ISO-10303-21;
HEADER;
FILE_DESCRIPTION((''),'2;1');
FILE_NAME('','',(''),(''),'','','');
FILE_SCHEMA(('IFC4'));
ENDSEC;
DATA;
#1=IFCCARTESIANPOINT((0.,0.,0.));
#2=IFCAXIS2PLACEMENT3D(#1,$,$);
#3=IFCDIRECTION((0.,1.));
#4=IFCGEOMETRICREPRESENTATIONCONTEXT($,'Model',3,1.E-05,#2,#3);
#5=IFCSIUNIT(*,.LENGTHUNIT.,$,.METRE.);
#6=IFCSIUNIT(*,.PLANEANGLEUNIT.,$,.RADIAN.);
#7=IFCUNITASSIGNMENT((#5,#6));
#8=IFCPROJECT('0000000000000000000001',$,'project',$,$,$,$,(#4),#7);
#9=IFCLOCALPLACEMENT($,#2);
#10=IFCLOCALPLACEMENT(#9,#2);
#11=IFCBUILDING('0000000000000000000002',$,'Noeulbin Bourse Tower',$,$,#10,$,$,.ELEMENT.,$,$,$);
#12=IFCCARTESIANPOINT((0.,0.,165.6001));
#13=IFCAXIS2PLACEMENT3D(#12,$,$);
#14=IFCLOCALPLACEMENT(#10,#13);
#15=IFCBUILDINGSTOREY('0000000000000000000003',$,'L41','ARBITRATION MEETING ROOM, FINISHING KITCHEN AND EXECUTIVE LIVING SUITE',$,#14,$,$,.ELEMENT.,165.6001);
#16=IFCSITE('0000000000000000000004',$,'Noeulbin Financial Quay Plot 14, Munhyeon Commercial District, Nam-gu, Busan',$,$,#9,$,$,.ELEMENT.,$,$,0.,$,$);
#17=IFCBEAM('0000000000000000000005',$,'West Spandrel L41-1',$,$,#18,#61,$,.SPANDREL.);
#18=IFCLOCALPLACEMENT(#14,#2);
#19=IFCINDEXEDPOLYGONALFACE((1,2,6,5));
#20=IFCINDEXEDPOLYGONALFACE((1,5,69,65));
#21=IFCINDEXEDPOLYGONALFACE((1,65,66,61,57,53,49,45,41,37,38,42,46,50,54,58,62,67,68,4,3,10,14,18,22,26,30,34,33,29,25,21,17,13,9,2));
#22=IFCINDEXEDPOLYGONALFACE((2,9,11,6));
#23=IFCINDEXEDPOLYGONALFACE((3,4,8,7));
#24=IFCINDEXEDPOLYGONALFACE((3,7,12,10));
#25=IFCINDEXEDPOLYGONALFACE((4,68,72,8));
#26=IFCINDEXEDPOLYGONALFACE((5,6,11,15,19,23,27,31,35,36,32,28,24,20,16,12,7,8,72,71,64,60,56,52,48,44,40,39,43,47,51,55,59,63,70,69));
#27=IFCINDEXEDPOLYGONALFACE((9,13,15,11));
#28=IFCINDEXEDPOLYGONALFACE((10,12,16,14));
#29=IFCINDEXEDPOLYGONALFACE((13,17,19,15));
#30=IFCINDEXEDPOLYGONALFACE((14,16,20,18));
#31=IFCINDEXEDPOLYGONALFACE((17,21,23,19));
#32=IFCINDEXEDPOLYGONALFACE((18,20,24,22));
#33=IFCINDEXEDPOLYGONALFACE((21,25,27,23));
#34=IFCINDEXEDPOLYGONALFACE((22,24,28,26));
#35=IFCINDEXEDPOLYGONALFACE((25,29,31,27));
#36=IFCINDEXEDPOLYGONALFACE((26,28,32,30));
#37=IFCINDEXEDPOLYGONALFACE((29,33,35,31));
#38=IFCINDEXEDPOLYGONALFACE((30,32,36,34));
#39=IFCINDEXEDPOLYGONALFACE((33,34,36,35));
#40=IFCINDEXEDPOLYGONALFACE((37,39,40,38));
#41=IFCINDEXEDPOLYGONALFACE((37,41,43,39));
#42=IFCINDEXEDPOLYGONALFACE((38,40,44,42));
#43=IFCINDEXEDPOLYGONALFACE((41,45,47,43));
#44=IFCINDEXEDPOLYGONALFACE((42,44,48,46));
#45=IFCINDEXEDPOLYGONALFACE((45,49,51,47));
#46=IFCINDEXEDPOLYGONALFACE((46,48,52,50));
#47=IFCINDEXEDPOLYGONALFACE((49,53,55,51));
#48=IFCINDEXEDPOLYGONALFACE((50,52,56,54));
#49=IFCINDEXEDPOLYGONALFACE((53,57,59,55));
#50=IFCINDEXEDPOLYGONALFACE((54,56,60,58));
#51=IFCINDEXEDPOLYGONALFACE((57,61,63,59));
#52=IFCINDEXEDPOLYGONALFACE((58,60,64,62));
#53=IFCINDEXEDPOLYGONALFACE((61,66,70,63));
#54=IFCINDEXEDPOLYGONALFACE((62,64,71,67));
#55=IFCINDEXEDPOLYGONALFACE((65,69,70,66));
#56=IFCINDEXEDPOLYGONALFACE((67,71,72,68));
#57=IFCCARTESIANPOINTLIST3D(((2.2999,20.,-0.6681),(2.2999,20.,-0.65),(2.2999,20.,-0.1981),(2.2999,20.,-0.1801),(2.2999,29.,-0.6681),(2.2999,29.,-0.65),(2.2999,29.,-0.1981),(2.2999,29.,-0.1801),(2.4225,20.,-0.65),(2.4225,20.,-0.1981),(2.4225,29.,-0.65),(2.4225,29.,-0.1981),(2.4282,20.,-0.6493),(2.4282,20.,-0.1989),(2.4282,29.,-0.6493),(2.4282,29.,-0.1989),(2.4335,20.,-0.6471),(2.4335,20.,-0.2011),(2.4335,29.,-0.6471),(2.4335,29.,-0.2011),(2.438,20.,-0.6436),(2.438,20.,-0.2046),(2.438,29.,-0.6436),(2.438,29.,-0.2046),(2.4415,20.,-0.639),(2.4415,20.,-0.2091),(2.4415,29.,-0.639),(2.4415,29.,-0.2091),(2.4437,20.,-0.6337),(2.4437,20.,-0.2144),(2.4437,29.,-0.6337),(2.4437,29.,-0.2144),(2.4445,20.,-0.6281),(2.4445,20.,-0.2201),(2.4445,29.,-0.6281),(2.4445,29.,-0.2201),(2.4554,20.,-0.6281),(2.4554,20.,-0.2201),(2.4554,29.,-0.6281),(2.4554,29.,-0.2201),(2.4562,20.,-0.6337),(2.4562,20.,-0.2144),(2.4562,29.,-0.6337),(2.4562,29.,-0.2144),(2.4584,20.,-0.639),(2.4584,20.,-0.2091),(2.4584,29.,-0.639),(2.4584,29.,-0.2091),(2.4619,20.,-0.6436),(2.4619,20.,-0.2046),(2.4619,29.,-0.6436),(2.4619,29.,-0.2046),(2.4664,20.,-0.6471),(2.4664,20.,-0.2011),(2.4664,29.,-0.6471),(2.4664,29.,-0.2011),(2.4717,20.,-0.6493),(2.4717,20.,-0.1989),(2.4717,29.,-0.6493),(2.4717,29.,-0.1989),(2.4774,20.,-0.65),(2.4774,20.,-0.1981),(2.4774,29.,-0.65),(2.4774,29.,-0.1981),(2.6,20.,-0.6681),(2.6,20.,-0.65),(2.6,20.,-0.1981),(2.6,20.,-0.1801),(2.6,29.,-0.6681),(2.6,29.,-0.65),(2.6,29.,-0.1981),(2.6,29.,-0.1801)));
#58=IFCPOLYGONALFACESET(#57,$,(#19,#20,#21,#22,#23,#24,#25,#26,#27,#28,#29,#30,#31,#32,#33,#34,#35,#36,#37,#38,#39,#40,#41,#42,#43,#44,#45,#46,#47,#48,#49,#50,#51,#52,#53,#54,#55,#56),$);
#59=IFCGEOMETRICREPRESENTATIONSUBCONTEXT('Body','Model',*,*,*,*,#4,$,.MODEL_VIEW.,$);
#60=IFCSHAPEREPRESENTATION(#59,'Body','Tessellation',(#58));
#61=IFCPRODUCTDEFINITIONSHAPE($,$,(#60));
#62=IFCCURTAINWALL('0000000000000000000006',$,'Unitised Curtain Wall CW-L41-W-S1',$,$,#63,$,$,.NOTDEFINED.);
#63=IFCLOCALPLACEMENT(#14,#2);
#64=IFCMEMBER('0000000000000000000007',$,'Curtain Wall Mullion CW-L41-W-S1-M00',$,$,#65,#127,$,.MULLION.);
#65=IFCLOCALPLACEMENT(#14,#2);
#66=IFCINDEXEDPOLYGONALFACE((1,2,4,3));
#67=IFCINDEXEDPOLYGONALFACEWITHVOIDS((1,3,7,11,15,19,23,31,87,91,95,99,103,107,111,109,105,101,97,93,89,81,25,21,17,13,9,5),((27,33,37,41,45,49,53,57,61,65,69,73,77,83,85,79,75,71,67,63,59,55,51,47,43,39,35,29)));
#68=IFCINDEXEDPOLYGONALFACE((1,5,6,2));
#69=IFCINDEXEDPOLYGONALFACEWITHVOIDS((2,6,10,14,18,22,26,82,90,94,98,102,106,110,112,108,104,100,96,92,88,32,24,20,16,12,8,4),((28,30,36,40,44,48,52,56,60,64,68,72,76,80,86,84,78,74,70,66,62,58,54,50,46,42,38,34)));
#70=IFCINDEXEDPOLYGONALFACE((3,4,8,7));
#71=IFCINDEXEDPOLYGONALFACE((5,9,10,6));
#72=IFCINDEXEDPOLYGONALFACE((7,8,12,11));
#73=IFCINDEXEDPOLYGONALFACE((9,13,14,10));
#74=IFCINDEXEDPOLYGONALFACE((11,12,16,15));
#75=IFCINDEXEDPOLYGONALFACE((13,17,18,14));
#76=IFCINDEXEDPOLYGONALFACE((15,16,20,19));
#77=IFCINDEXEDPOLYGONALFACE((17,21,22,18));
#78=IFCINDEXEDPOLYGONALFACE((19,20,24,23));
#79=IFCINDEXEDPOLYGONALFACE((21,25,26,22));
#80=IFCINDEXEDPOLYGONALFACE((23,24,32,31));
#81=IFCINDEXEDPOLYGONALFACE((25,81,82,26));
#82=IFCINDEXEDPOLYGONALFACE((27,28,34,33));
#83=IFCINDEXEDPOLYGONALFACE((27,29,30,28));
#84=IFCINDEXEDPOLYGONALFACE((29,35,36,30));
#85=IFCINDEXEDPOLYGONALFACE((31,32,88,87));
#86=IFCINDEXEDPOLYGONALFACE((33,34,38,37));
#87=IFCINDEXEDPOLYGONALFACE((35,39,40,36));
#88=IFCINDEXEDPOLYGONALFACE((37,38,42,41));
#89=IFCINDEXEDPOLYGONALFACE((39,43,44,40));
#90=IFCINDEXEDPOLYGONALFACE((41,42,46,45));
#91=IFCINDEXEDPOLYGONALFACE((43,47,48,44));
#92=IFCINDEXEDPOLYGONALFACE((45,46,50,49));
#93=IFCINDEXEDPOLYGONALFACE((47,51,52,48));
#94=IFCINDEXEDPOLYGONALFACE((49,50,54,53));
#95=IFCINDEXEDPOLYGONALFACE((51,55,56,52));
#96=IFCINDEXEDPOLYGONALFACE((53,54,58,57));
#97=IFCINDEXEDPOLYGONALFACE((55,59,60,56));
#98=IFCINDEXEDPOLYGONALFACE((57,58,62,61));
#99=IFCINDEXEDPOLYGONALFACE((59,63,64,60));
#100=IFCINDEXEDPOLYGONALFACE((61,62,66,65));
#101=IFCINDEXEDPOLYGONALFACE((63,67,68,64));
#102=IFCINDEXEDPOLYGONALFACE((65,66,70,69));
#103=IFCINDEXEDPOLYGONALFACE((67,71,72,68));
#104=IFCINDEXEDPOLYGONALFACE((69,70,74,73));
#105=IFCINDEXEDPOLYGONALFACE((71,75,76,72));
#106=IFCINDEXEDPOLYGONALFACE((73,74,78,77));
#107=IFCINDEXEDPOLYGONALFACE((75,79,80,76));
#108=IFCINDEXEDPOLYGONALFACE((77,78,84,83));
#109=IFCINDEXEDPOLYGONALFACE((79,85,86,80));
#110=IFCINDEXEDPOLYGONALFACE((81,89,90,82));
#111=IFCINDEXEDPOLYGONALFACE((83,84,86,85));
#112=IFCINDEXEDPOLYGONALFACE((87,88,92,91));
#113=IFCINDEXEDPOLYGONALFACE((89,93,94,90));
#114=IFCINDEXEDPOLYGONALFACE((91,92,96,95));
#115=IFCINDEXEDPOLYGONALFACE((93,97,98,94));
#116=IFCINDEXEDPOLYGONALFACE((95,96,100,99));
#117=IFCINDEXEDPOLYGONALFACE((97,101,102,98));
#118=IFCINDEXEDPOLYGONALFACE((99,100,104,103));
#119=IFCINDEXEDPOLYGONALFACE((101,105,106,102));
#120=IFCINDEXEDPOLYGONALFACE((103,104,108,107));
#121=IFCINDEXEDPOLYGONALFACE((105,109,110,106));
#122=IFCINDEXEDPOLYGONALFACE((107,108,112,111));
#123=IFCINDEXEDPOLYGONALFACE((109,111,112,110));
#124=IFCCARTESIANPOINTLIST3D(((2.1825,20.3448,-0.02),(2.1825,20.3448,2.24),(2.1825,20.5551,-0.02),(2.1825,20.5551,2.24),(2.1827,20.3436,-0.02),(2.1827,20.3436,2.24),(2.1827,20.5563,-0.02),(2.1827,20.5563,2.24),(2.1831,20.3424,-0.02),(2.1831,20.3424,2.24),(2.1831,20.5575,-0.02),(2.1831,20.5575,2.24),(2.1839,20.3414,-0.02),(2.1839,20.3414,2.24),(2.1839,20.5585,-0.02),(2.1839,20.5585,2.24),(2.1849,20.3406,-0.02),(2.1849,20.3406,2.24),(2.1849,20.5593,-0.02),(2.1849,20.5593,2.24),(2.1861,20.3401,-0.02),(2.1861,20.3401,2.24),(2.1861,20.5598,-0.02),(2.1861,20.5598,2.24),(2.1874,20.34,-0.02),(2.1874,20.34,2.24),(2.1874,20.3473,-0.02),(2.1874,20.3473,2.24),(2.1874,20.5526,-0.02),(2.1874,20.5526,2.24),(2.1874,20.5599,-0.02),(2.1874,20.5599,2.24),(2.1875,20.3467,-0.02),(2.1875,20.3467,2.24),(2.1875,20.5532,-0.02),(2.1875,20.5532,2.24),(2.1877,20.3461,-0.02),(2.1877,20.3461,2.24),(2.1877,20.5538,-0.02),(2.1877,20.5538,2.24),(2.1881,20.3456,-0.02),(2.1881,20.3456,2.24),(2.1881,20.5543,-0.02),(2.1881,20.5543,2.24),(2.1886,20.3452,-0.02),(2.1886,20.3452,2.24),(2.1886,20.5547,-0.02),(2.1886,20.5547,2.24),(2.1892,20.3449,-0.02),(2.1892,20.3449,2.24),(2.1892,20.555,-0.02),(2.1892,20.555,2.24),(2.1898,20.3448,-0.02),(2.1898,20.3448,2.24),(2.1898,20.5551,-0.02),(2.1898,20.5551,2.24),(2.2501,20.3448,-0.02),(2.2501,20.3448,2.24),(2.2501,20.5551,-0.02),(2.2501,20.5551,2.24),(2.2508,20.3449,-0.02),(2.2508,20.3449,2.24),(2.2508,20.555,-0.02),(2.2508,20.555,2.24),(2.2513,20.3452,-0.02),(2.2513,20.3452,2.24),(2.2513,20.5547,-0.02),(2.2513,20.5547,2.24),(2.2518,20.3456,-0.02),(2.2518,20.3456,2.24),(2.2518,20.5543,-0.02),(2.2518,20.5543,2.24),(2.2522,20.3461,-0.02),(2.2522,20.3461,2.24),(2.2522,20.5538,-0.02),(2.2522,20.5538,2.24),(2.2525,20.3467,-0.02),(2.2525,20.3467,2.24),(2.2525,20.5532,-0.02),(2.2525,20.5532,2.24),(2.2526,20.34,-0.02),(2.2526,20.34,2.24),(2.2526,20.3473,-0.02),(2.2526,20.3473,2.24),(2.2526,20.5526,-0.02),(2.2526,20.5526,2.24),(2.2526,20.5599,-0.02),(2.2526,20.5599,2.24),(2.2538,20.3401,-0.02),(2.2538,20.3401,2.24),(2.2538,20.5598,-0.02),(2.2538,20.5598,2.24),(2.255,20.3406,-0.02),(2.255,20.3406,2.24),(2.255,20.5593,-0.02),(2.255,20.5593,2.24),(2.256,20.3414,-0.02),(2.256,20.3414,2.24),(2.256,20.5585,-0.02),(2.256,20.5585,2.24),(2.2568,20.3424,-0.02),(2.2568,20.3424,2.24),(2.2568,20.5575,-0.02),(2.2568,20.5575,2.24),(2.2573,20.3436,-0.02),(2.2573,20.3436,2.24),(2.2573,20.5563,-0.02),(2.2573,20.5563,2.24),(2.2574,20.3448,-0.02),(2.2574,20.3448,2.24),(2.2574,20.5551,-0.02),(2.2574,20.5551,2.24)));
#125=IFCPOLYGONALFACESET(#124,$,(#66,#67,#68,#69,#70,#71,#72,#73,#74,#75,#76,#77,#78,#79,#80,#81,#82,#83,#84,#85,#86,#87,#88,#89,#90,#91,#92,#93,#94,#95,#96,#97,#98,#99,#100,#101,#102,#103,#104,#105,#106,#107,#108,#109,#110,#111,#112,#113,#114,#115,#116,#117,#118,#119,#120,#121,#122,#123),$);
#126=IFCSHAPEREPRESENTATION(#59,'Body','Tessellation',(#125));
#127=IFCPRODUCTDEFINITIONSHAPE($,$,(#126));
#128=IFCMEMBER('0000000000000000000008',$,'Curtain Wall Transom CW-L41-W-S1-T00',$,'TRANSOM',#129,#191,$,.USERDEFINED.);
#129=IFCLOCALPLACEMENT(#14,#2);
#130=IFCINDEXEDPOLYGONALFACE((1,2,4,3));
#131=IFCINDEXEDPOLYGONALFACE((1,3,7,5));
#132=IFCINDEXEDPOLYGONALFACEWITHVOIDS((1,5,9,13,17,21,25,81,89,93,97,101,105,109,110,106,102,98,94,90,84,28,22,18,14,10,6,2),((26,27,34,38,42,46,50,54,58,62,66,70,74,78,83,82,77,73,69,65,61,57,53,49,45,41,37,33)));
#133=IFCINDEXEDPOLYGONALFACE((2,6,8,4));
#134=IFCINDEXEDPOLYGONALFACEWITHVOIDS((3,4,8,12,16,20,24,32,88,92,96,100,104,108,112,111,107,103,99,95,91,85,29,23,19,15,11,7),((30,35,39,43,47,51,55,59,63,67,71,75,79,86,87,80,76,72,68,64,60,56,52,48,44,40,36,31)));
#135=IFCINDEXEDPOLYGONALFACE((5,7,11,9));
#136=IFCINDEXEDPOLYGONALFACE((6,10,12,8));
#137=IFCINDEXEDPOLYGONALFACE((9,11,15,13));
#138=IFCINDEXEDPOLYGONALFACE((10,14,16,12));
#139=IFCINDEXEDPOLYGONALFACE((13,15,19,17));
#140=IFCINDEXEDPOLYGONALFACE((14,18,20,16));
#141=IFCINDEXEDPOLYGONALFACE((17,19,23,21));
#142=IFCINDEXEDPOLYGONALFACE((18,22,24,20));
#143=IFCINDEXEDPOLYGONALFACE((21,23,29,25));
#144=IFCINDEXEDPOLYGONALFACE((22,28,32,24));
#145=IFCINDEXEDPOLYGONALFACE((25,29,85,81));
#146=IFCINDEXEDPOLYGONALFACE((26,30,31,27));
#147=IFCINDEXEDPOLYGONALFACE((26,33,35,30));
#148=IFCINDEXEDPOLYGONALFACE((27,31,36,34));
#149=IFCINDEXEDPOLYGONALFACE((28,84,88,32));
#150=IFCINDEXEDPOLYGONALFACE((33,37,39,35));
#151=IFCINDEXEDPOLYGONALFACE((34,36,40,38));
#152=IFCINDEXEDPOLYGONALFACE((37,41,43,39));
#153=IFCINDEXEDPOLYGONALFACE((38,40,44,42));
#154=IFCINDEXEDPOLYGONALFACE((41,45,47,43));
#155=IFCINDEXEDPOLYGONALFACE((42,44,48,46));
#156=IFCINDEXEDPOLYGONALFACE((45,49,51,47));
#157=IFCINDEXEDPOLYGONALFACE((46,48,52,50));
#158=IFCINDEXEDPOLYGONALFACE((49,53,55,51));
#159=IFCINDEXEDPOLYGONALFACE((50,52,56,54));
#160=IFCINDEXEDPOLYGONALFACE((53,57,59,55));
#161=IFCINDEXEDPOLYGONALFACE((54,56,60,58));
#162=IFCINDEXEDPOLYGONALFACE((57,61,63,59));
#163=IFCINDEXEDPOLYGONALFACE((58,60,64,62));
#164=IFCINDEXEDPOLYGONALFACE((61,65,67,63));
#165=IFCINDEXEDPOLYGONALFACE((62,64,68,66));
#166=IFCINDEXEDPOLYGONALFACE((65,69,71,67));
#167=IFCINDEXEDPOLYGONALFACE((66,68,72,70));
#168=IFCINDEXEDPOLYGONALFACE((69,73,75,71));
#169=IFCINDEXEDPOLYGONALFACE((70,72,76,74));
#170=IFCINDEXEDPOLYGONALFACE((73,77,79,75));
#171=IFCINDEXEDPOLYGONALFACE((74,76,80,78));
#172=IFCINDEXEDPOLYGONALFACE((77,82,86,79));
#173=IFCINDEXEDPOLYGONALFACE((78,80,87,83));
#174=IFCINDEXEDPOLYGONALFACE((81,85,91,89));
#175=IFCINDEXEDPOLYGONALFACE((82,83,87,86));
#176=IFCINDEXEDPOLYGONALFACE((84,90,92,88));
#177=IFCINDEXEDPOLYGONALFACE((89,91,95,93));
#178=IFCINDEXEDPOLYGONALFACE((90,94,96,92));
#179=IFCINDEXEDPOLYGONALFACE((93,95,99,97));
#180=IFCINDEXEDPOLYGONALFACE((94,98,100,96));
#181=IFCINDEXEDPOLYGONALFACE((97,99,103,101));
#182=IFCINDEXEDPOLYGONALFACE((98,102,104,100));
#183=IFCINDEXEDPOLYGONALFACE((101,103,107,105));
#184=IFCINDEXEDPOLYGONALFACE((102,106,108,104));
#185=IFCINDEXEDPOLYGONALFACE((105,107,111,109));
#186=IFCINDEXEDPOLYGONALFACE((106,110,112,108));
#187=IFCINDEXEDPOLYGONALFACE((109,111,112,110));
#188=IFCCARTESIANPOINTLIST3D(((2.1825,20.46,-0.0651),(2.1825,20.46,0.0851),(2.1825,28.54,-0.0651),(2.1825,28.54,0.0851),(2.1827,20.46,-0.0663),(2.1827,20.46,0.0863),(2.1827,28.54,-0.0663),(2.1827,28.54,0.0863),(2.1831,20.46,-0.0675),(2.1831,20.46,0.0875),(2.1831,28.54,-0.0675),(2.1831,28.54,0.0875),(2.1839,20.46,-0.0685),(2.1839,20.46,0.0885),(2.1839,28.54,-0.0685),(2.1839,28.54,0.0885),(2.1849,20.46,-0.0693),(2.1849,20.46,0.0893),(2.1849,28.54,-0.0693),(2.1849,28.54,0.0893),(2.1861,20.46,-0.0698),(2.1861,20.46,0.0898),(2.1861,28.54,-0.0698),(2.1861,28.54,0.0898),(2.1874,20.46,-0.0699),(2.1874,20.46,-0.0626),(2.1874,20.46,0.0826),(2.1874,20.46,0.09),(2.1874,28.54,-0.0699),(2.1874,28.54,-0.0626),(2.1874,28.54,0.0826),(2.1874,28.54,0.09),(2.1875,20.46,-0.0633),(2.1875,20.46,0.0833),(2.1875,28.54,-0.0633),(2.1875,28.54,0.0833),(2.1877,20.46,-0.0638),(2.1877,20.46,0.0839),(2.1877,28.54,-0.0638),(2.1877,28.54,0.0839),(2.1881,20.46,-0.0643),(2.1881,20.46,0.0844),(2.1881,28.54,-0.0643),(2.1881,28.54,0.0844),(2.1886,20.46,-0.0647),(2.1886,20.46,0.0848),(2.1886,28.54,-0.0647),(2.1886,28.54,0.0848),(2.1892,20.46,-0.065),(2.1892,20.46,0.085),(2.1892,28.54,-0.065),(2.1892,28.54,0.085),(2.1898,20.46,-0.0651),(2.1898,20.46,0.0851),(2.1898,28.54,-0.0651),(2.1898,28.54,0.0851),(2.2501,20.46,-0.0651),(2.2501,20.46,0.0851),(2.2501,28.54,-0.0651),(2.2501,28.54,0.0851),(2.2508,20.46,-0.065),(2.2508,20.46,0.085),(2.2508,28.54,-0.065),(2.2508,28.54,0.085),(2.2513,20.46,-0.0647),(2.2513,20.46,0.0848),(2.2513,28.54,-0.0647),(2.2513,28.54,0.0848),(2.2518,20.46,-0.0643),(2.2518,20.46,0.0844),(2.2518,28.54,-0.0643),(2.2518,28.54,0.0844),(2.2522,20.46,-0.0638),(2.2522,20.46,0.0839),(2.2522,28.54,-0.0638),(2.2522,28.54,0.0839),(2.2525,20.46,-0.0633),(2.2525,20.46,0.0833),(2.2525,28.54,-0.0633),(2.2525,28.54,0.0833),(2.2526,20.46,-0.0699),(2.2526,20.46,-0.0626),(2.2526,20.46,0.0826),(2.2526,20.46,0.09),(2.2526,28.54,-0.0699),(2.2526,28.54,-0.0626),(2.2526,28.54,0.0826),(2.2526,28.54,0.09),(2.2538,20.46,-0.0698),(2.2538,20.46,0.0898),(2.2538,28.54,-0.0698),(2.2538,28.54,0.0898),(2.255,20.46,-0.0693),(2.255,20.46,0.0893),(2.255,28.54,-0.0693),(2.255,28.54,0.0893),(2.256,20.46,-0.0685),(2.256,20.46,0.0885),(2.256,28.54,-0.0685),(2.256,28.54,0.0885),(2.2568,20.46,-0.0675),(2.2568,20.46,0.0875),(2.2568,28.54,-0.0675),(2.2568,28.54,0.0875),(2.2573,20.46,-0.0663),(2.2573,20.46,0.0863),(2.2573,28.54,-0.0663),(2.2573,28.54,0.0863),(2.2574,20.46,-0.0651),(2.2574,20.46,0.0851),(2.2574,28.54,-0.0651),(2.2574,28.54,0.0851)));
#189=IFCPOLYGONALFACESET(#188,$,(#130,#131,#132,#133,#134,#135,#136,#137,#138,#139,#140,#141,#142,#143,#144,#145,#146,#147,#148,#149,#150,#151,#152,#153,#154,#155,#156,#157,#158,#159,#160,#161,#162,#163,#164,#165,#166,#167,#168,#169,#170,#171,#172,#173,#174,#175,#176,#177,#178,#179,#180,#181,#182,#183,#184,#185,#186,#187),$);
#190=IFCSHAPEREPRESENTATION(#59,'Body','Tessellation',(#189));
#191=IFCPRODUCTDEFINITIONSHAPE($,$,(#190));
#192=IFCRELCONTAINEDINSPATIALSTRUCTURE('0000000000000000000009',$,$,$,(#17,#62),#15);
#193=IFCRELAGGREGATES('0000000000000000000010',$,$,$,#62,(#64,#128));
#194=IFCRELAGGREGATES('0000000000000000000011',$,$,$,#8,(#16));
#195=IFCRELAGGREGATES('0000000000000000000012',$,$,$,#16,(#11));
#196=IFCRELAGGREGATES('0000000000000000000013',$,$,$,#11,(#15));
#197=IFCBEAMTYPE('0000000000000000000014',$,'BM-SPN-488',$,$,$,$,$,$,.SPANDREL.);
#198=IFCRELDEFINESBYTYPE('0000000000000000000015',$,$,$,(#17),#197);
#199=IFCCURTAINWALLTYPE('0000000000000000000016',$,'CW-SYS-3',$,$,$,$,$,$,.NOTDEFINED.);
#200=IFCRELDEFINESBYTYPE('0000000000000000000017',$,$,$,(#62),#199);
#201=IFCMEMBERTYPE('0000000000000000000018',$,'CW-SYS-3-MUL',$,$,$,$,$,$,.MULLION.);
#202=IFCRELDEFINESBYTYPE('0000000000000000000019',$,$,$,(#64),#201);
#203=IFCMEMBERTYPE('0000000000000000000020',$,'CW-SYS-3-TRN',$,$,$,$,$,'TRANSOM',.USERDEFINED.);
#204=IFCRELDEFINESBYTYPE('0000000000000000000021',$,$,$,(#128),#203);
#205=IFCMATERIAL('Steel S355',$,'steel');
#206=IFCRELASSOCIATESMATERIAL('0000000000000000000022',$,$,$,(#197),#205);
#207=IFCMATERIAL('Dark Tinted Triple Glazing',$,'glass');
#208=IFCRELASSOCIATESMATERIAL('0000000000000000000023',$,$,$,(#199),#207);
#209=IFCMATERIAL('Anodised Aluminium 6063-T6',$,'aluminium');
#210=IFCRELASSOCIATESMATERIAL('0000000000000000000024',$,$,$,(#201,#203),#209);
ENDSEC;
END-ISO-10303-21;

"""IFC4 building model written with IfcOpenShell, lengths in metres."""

from ifc_helpers import new_model, si_unit, direction, frame, origin, origin_2d, place, context, subcontext, project, spatial, hollow_rectangle, i_section, extrude, material, material_profile, profile_set, type_object, element, aggregate, save


model = new_model("IFC4")

# Units and contexts
model_context = context("Model", 3, precision=1e-05, world=origin(), true_north=direction((0.0, 1.0)))
body_context = subcontext(model_context, "Body", "Model", "MODEL_VIEW")
ifc_project = project(units=[si_unit("LENGTHUNIT", "METRE"), si_unit("PLANEANGLEUNIT", "RADIAN")], contexts=[model_context])

# Site, building, storey
site_placement = place(None, origin())
site = spatial("IfcSite", under=ifc_project, at=site_placement, Name="Noeulbin Financial Quay Plot 14, Munhyeon Commercial District, Nam-gu, Busan", CompositionType="ELEMENT", RefElevation=0.0)
building_placement = place(site_placement, origin())
building = spatial("IfcBuilding", under=site, at=building_placement, Name="Noeulbin Bourse Tower", CompositionType="ELEMENT")
storey_placement = place(building_placement, frame((0.0, 0.0, 165.6001)))
storey = spatial("IfcBuildingStorey", under=building, at=storey_placement, Name="L41", Description="ARBITRATION MEETING ROOM, FINISHING KITCHEN AND EXECUTIVE LIVING SUITE", CompositionType="ELEMENT", Elevation=165.6001)

# Shared definitions
ifc_material_1 = material(Name="Steel S355", Category="steel")

# Beam
ifc_material_profile_1 = material_profile(ifc_material_1, i_section(OverallWidth=0.3, OverallDepth=0.488, WebThickness=0.011, FlangeThickness=0.0181, FilletRadius=0.022, at=origin_2d()), Name="H-488x300x11x18", Category="LoadBearing")
ifc_profile_set_1 = profile_set([ifc_material_profile_1], Name="Steel S355")
beam_type_1 = type_object("IfcBeamType", Name="BM-SPN-488", PredefinedType="SPANDREL", material=ifc_profile_set_1)
beam_1_placement = place(storey_placement, frame((2.45, 20.0, -0.4241), z_axis=(0.0, 1.0, 0.0), x_axis=(-1.0, 0.0, 0.0)))
element("IfcBeam", 1, at=beam_1_placement, inside=storey, type_object=beam_type_1, Name="West Spandrel L41-1", PredefinedType="SPANDREL", context=body_context, shape_type="SweptSolid", body=[
    extrude(i_section(OverallWidth=0.3, OverallDepth=0.488, WebThickness=0.011, FlangeThickness=0.0181, FilletRadius=0.022, at=origin_2d()), origin(), (0.0, 0.0, 1.0), 9.0),
])

# Curtain wall, members
ifc_material_2 = material(Name="Dark Tinted Triple Glazing", Category="glass")
curtain_wall_type = type_object("IfcCurtainWallType", Name="CW-SYS-3", PredefinedType="NOTDEFINED", material=ifc_material_2)
curtain_wall_placement = place(storey_placement, origin())
curtain_wall = element("IfcCurtainWall", 2, at=curtain_wall_placement, inside=storey, type_object=curtain_wall_type, Name="Unitised Curtain Wall CW-L41-W-S1", PredefinedType="NOTDEFINED")
ifc_material_3 = material(Name="Anodised Aluminium 6063-T6", Category="aluminium")
ifc_material_profile_2 = material_profile(ifc_material_3, hollow_rectangle(XDim=0.075, YDim=0.22, WallThickness=0.0049, InnerFilletRadius=0.0024, OuterFilletRadius=0.0049, at=origin_2d()), Name="ALU-MULL-75x220x5", Category="LoadBearing")
ifc_profile_set_2 = profile_set([ifc_material_profile_2], Name="Anodised Aluminium 6063-T6")
member_type_1 = type_object("IfcMemberType", Name="CW-SYS-3-MUL", PredefinedType="MULLION", material=ifc_profile_set_2)
member_1_placement = place(storey_placement, frame((2.22, 20.45, -0.02), z_axis=(0.0, 0.0, 1.0), x_axis=(1.0, 0.0, 0.0)))
member_1 = element("IfcMember", 3, at=member_1_placement, type_object=member_type_1, Name="Curtain Wall Mullion CW-L41-W-S1-M00", PredefinedType="MULLION", context=body_context, shape_type="SweptSolid", body=[
    extrude(hollow_rectangle(XDim=0.075, YDim=0.22, WallThickness=0.0049, InnerFilletRadius=0.0024, OuterFilletRadius=0.0049, at=origin_2d()), origin(), (0.0, 0.0, 1.0), 2.26),
])
ifc_material_profile_3 = material_profile(ifc_material_3, hollow_rectangle(XDim=0.075, YDim=0.1599, WallThickness=0.0049, InnerFilletRadius=0.0024, OuterFilletRadius=0.0049, at=origin_2d()), Name="ALU-TRAN-75x160x5", Category="LoadBearing")
ifc_profile_set_3 = profile_set([ifc_material_profile_3], Name="Anodised Aluminium 6063-T6")
member_type_2 = type_object("IfcMemberType", Name="CW-SYS-3-TRN", ElementType="TRANSOM", PredefinedType="USERDEFINED", material=ifc_profile_set_3)
member_2_placement = place(storey_placement, frame((2.22, 20.46, 0.01), z_axis=(0.0, 1.0, 0.0), x_axis=(-1.0, 0.0, 0.0)))
member_2 = element("IfcMember", 4, at=member_2_placement, type_object=member_type_2, Name="Curtain Wall Transom CW-L41-W-S1-T00", ObjectType="TRANSOM", PredefinedType="USERDEFINED", context=body_context, shape_type="SweptSolid", body=[
    extrude(hollow_rectangle(XDim=0.075, YDim=0.1599, WallThickness=0.0049, InnerFilletRadius=0.0024, OuterFilletRadius=0.0049, at=origin_2d()), origin(), (0.0, 0.0, 1.0), 8.0801),
])
aggregate(curtain_wall, [member_1, member_2])

save(model, "model.ifc")
